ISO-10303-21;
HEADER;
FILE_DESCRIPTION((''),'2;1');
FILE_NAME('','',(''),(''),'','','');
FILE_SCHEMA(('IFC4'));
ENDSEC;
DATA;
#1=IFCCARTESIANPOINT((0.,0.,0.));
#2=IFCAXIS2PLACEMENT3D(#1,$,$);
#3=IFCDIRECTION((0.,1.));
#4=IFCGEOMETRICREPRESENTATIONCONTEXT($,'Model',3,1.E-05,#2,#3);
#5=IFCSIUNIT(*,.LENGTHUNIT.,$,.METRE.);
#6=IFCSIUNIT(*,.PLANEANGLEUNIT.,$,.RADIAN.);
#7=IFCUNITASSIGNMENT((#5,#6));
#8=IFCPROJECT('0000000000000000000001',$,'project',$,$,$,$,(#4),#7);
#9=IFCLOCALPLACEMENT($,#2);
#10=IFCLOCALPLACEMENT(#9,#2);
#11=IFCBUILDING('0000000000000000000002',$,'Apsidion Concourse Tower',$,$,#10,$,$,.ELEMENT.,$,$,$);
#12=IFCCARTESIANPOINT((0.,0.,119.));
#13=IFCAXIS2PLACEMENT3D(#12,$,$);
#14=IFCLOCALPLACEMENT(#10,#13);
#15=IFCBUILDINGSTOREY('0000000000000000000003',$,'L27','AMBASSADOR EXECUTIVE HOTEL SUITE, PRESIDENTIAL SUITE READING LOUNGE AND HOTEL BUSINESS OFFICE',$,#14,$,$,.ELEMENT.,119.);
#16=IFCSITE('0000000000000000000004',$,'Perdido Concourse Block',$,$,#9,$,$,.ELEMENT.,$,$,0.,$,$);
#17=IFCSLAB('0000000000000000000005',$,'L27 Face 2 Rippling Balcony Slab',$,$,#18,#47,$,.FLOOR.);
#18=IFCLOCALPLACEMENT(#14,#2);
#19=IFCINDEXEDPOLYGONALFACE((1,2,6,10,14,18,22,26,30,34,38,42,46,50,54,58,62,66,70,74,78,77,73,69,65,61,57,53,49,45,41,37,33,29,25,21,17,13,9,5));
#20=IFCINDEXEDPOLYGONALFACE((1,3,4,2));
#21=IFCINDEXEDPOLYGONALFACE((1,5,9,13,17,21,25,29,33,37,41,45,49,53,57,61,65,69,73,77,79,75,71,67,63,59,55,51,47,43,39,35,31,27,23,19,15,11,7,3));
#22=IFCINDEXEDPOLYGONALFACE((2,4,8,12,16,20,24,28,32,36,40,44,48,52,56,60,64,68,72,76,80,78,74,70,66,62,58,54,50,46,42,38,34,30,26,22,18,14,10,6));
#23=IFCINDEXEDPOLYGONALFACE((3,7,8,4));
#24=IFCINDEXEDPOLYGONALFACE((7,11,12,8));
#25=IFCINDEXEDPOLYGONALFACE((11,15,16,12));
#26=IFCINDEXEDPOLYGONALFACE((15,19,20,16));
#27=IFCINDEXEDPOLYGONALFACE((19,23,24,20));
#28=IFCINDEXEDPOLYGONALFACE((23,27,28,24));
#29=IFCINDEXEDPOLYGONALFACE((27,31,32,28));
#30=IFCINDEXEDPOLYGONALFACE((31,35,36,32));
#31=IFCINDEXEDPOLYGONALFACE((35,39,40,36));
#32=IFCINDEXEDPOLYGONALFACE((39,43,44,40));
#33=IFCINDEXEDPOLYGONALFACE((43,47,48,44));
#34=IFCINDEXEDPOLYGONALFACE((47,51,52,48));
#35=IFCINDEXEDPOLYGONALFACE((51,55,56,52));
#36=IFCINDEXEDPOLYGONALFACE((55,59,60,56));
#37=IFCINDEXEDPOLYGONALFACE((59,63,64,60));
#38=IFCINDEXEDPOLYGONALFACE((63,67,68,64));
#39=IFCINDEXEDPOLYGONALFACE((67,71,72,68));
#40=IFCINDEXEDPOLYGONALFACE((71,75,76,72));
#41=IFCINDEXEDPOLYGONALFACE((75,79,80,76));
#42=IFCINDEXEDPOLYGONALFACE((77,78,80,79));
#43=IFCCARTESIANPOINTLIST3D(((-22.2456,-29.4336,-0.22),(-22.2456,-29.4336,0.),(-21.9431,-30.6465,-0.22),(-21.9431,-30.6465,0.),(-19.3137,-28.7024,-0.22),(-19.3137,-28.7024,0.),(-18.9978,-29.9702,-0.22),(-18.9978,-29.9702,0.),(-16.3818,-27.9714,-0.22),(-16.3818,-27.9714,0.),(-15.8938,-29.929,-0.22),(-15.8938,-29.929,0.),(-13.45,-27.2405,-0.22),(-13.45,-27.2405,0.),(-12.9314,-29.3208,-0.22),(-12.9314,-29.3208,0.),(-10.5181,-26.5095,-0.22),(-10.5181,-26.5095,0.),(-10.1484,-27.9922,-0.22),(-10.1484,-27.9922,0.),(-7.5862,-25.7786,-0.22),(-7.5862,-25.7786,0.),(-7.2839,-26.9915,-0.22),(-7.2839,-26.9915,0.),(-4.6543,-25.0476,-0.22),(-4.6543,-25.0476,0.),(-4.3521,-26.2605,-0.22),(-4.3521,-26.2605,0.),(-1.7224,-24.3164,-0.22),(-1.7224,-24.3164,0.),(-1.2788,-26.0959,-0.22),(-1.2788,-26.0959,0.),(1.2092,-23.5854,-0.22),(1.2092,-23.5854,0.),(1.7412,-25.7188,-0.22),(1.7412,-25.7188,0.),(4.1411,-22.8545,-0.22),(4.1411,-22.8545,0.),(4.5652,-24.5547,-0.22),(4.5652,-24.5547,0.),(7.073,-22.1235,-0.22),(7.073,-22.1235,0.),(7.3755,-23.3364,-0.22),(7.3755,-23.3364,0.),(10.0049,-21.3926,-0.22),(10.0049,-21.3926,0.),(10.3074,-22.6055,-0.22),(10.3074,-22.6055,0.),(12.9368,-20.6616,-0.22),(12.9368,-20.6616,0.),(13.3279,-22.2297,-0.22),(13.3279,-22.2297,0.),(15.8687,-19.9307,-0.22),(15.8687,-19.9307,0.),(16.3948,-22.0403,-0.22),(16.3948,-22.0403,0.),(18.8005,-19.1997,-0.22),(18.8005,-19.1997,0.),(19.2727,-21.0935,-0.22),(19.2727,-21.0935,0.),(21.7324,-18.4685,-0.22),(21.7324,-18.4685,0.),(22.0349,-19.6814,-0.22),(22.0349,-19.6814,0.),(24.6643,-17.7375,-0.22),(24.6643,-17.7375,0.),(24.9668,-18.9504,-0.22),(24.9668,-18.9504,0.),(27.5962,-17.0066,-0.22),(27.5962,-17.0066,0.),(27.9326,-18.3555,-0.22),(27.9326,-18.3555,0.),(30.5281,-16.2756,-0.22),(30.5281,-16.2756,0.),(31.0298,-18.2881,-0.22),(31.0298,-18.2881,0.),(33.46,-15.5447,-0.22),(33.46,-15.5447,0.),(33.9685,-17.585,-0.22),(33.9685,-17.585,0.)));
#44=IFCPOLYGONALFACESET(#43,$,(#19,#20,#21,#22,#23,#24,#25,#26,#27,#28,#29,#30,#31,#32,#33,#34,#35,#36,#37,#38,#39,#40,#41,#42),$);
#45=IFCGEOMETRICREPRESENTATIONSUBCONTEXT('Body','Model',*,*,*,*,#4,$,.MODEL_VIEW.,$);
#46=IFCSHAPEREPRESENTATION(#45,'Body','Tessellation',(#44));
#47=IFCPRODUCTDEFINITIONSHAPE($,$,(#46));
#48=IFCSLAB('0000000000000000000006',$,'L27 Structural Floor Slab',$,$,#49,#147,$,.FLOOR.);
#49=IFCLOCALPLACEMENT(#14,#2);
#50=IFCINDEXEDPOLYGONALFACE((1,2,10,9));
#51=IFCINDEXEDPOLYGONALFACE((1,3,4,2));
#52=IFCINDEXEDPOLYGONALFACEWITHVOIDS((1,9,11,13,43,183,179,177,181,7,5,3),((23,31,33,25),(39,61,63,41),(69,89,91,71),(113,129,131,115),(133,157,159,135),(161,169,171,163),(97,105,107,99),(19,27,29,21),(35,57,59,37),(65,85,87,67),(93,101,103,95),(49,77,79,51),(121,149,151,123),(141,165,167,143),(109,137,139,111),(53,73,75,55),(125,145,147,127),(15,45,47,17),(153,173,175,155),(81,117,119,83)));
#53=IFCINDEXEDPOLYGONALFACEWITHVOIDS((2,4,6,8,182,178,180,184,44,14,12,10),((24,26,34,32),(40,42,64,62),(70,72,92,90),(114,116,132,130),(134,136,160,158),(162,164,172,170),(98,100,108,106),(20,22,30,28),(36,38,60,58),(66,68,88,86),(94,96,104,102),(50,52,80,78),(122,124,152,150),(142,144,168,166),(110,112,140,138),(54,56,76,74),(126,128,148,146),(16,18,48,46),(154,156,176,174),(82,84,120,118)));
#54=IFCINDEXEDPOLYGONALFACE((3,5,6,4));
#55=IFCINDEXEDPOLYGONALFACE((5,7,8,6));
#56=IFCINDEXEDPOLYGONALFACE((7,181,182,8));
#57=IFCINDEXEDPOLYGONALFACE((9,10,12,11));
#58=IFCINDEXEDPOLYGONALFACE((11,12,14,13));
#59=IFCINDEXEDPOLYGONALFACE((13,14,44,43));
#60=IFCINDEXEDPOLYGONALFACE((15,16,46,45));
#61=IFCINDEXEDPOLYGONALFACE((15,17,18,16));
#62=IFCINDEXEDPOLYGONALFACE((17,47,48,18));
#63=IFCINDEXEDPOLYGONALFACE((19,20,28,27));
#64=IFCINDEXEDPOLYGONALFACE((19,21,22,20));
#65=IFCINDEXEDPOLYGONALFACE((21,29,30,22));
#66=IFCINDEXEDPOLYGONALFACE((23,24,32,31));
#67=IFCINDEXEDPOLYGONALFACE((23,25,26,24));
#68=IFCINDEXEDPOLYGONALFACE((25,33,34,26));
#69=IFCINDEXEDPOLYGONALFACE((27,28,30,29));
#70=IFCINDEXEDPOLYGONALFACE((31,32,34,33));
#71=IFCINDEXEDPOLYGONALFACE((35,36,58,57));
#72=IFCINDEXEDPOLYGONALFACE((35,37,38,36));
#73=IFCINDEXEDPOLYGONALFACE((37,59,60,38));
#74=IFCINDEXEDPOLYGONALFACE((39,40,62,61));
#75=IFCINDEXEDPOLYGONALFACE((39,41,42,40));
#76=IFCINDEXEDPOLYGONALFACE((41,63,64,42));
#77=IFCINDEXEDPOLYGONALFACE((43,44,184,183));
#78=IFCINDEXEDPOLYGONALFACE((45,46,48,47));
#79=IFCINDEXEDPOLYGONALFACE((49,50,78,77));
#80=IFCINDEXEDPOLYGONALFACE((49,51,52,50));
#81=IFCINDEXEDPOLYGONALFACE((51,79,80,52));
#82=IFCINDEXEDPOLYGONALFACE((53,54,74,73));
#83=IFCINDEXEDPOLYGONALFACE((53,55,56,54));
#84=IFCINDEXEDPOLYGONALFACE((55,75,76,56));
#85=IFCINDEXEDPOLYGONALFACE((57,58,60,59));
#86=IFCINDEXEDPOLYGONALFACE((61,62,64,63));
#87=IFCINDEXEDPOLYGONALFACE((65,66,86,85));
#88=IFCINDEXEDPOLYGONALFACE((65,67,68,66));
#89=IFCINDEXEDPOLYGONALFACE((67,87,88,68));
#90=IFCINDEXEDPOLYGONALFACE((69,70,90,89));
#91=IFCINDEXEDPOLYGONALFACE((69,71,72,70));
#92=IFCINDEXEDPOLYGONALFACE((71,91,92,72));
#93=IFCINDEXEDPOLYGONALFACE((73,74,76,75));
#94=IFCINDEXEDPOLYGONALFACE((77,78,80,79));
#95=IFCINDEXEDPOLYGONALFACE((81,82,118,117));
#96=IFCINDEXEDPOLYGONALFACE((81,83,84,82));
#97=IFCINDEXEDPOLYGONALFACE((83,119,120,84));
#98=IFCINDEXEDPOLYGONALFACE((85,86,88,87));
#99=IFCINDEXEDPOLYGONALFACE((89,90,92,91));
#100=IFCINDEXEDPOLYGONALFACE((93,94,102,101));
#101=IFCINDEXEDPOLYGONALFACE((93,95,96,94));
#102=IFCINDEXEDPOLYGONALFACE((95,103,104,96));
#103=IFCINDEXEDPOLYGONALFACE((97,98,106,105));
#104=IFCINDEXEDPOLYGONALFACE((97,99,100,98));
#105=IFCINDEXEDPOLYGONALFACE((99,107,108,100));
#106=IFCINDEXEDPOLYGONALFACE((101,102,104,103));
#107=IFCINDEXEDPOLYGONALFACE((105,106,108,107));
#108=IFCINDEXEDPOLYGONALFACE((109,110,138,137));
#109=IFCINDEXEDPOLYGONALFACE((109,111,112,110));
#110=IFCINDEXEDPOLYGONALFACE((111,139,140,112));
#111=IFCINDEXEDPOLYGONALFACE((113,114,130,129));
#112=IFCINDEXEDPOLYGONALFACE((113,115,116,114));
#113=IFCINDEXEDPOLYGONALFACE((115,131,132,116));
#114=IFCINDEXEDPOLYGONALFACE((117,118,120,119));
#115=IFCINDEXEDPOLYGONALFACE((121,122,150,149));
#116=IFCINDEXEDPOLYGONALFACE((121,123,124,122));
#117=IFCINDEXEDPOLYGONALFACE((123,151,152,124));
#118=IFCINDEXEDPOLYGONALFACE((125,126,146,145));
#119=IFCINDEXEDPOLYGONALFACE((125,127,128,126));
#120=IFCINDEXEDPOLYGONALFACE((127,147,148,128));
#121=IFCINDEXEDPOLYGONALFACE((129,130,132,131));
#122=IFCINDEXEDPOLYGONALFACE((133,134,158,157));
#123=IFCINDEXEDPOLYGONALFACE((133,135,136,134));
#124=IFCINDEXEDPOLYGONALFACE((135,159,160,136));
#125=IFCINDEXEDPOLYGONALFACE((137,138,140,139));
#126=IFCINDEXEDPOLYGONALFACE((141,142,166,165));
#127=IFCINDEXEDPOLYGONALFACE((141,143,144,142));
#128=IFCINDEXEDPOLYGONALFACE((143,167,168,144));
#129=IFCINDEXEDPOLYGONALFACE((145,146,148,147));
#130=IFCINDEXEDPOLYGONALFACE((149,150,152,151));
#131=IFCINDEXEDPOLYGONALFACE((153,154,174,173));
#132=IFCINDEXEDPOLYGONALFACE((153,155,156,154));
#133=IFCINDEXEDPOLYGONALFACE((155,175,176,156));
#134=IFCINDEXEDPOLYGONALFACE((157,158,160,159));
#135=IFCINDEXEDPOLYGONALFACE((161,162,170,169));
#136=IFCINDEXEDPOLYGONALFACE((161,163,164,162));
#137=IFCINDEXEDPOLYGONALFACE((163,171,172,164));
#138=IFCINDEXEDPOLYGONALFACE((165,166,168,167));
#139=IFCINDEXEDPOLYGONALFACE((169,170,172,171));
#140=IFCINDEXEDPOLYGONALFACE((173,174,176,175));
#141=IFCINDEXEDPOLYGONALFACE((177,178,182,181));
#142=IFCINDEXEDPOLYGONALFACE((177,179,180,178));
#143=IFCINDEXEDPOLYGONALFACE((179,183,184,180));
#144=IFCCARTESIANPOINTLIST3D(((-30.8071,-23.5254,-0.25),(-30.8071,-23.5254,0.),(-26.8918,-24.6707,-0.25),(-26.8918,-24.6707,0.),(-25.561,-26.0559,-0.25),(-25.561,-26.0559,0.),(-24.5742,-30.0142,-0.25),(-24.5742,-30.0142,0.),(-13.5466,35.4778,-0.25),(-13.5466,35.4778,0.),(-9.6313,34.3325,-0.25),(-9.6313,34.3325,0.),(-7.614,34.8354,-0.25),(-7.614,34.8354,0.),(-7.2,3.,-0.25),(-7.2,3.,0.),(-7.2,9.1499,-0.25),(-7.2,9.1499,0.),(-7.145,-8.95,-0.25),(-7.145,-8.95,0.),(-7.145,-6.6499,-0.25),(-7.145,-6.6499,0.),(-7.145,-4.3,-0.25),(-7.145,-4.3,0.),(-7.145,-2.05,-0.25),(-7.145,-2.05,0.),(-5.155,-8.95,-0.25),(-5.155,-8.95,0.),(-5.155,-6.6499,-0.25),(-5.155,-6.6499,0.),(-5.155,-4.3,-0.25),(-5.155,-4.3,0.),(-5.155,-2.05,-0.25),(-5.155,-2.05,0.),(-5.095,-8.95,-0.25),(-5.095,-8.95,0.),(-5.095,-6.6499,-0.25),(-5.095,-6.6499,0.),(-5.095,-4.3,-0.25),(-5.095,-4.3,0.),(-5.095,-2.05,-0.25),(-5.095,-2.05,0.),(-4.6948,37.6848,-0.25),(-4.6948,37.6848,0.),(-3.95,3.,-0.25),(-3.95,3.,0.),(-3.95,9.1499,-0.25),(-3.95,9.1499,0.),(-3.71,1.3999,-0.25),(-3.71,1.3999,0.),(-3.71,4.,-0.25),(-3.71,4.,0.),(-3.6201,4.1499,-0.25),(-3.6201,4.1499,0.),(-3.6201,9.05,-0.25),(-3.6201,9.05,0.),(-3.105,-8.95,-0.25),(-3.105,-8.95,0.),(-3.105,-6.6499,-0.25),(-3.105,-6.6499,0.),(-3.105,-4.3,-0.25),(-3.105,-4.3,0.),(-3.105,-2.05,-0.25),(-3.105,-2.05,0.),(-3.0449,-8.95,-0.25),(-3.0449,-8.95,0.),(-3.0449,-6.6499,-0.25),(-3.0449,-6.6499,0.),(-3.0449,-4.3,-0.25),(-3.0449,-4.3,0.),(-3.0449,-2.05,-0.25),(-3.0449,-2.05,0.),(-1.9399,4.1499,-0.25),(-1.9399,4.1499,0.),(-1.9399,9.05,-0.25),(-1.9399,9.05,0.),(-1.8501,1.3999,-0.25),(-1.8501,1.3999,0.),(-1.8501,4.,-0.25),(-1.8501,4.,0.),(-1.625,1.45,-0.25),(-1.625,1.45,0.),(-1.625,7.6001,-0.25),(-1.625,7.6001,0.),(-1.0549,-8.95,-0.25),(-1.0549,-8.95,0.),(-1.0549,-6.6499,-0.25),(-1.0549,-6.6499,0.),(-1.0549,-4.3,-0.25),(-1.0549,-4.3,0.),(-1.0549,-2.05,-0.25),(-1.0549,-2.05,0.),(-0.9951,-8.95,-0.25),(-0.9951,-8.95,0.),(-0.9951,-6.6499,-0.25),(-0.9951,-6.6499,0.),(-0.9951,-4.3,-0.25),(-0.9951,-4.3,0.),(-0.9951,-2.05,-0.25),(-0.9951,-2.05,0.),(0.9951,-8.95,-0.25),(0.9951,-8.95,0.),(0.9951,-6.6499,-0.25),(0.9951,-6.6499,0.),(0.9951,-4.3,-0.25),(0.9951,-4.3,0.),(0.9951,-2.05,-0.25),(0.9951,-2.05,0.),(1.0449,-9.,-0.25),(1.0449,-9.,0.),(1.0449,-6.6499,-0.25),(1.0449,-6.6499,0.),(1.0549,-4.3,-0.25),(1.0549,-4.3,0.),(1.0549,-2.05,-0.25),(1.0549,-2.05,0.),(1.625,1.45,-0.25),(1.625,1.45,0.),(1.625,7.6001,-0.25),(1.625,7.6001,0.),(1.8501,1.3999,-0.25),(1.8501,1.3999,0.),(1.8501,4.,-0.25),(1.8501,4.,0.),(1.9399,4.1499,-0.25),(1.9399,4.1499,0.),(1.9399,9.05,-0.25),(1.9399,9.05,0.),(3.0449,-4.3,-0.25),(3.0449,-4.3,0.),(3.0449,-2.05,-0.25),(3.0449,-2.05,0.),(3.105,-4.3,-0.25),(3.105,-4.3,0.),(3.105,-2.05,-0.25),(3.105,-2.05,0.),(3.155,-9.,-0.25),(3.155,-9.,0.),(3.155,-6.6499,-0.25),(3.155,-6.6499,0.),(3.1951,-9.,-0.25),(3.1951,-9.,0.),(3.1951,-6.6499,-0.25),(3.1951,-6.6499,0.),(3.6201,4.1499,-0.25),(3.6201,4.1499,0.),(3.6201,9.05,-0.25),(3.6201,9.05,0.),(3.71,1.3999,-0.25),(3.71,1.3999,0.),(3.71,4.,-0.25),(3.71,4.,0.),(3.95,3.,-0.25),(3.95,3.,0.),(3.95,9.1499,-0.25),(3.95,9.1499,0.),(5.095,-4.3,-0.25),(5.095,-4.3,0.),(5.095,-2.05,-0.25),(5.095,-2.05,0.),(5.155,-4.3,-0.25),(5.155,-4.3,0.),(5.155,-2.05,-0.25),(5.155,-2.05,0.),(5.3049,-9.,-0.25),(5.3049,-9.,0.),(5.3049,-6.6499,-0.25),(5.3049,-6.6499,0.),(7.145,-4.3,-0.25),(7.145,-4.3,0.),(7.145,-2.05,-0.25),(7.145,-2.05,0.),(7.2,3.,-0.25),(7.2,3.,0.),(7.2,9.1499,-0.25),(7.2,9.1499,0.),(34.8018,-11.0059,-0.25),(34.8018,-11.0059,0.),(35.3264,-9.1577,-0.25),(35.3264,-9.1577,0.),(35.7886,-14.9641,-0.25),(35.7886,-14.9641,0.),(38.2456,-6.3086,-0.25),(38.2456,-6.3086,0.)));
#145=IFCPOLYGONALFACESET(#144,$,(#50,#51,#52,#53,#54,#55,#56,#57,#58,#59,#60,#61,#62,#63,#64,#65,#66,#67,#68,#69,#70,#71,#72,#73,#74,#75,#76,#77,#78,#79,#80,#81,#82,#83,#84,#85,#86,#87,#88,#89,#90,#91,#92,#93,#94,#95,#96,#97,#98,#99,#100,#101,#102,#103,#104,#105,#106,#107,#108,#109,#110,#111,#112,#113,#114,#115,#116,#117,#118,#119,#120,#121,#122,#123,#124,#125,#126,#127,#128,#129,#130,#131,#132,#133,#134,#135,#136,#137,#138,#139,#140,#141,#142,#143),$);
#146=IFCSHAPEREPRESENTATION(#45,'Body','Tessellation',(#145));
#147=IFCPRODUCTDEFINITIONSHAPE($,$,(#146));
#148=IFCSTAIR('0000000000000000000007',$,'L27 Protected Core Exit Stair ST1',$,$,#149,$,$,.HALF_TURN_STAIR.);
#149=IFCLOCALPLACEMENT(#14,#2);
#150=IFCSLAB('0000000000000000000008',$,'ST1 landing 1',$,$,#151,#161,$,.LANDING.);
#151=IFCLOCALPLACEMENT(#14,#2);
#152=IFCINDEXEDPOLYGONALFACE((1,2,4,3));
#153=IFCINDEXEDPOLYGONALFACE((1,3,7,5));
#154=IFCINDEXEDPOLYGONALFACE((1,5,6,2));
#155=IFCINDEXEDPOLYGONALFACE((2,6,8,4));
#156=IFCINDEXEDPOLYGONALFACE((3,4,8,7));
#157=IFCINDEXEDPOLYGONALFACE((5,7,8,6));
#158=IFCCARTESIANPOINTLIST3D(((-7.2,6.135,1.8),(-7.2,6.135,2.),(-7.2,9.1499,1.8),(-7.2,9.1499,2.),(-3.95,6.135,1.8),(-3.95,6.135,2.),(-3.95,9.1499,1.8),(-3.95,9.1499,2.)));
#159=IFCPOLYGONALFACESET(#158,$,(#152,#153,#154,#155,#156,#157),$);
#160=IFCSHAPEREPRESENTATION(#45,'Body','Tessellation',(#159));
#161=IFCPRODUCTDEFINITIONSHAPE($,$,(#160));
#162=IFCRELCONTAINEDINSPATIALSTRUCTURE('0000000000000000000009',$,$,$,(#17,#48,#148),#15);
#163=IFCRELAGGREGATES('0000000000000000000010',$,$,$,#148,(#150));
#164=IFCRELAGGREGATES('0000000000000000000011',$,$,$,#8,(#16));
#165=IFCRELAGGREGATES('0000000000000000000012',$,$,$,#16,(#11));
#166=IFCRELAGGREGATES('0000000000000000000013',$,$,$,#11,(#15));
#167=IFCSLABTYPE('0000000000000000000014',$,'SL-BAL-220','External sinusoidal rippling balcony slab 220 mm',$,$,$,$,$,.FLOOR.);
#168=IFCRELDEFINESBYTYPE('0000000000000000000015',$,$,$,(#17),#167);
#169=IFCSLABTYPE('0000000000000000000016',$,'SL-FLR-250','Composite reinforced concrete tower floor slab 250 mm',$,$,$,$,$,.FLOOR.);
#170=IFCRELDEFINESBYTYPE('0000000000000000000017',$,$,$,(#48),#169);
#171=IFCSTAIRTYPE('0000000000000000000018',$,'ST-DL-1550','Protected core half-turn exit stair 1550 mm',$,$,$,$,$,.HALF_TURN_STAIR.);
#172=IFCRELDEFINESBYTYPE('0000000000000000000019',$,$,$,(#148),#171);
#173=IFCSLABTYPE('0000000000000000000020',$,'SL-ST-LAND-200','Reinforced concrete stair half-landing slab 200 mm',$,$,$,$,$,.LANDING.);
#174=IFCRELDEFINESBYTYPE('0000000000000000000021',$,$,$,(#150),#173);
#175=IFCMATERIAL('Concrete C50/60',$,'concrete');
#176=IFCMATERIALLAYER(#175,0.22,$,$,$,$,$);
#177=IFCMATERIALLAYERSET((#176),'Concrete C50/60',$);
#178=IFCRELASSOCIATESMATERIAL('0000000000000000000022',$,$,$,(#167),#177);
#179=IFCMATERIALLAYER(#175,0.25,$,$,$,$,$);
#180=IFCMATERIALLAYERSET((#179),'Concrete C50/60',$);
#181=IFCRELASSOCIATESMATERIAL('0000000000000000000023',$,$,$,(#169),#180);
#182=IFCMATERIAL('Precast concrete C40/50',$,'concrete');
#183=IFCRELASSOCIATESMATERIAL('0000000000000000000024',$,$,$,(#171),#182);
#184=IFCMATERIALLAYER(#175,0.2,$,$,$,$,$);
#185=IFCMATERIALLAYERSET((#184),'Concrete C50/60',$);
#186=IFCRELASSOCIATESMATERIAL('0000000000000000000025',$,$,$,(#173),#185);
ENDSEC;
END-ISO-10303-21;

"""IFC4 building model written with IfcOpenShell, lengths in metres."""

from ifc_helpers import new_model, si_unit, direction, frame, origin, place, context, subcontext, project, spatial, polyline, outline, extrude, material, layer, layer_set, type_object, element, aggregate, save


model = new_model("IFC4")

# Units and contexts
model_context = context("Model", 3, precision=1e-05, world=origin(), true_north=direction((0.0, 1.0)))
body_context = subcontext(model_context, "Body", "Model", "MODEL_VIEW")
ifc_project = project(units=[si_unit("LENGTHUNIT", "METRE"), si_unit("PLANEANGLEUNIT", "RADIAN")], contexts=[model_context])

# Site, building, storey
site_placement = place(None, origin())
site = spatial("IfcSite", under=ifc_project, at=site_placement, Name="Perdido Concourse Block", CompositionType="ELEMENT", RefElevation=0.0)
building_placement = place(site_placement, origin())
building = spatial("IfcBuilding", under=site, at=building_placement, Name="Apsidion Concourse Tower", CompositionType="ELEMENT")
storey_placement = place(building_placement, frame((0.0, 0.0, 119.0)))
storey = spatial("IfcBuildingStorey", under=building, at=storey_placement, Name="L27", Description="AMBASSADOR EXECUTIVE HOTEL SUITE, PRESIDENTIAL SUITE READING LOUNGE AND HOTEL BUSINESS OFFICE", CompositionType="ELEMENT", Elevation=119.0)

# Shared definitions
ifc_material_1 = material(Name="Concrete C50/60", Category="concrete")

# Slabs
ifc_layer_1 = layer(ifc_material_1, 0.22)
ifc_layer_set_1 = layer_set([ifc_layer_1], Name="Concrete C50/60")
slab_type_1 = type_object("IfcSlabType", Name="SL-BAL-220", Description="External sinusoidal rippling balcony slab 220 mm", PredefinedType="FLOOR", material=ifc_layer_set_1)
slab_1_placement = place(storey_placement, frame((0.0, 0.0, -0.22)))
element("IfcSlab", 1, at=slab_1_placement, inside=storey, type_object=slab_type_1, Name="L27 Face 2 Rippling Balcony Slab", PredefinedType="FLOOR", context=body_context, shape_type="SweptSolid", body=[
    extrude(outline(polyline([(-22.2456, -29.4336), (-19.3137, -28.7024), (-16.3818, -27.9714), (-13.45, -27.2405), (-10.5181, -26.5095), (-7.5862, -25.7786), (-4.6543, -25.0476), (-1.7224, -24.3164), (1.2092, -23.5854), (4.1411, -22.8545), (7.073, -22.1235), (10.0049, -21.3926), (12.9368, -20.6616), (15.8687, -19.9307), (18.8005, -19.1997), (21.7324, -18.4685), (24.6643, -17.7375), (27.5962, -17.0066), (30.5281, -16.2756), (33.46, -15.5447), (33.9685, -17.585), (31.0298, -18.2881), (27.9326, -18.3555), (24.9668, -18.9504), (22.0349, -19.6814), (19.2727, -21.0935), (16.3948, -22.0403), (13.3279, -22.2297), (10.3074, -22.6055), (7.3755, -23.3364), (4.5652, -24.5547), (1.7412, -25.7188), (-1.2788, -26.0959), (-4.3521, -26.2605), (-7.2839, -26.9915), (-10.1484, -27.9922), (-12.9314, -29.3208), (-15.8938, -29.929), (-18.9978, -29.9702), (-21.9431, -30.6465), (-22.2456, -29.4336)])), origin(), (0.0, 0.0, 1.0), 0.22),
])
ifc_layer_2 = layer(ifc_material_1, 0.25)
ifc_layer_set_2 = layer_set([ifc_layer_2], Name="Concrete C50/60")
slab_type_2 = type_object("IfcSlabType", Name="SL-FLR-250", Description="Composite reinforced concrete tower floor slab 250 mm", PredefinedType="FLOOR", material=ifc_layer_set_2)
slab_2_placement = place(storey_placement, frame((0.0, 0.0, -0.25)))
element("IfcSlab", 2, at=slab_2_placement, inside=storey, type_object=slab_type_2, Name="L27 Structural Floor Slab", PredefinedType="FLOOR", context=body_context, shape_type="SweptSolid", body=[
    extrude(outline(polyline([(-4.6948, 37.6848), (-7.614, 34.8354), (-9.6313, 34.3325), (-13.5466, 35.4778), (-30.8071, -23.5254), (-26.8918, -24.6707), (-25.561, -26.0559), (-24.5742, -30.0142), (35.7886, -14.9641), (34.8018, -11.0059), (35.3264, -9.1577), (38.2456, -6.3086), (-4.6948, 37.6848)]), holes=[polyline([(-3.95, 3.0), (-3.95, 9.1499), (-7.2, 9.1499), (-7.2, 3.0), (-3.95, 3.0)]), polyline([(7.2, 3.0), (7.2, 9.1499), (3.95, 9.1499), (3.95, 3.0), (7.2, 3.0)]), polyline([(-1.625, 7.6001), (-1.625, 1.45), (1.625, 1.45), (1.625, 7.6001), (-1.625, 7.6001)]), polyline([(-7.145, -4.3), (-5.155, -4.3), (-5.155, -2.05), (-7.145, -2.05), (-7.145, -4.3)]), polyline([(-5.095, -4.3), (-3.105, -4.3), (-3.105, -2.05), (-5.095, -2.05), (-5.095, -4.3)]), polyline([(-3.0449, -4.3), (-1.0549, -4.3), (-1.0549, -2.05), (-3.0449, -2.05), (-3.0449, -4.3)]), polyline([(-0.9951, -4.3), (0.9951, -4.3), (0.9951, -2.05), (-0.9951, -2.05), (-0.9951, -4.3)]), polyline([(1.0549, -4.3), (3.0449, -4.3), (3.0449, -2.05), (1.0549, -2.05), (1.0549, -4.3)]), polyline([(3.105, -4.3), (5.095, -4.3), (5.095, -2.05), (3.105, -2.05), (3.105, -4.3)]), polyline([(5.155, -4.3), (7.145, -4.3), (7.145, -2.05), (5.155, -2.05), (5.155, -4.3)]), polyline([(-7.145, -8.95), (-5.155, -8.95), (-5.155, -6.6499), (-7.145, -6.6499), (-7.145, -8.95)]), polyline([(-5.095, -8.95), (-3.105, -8.95), (-3.105, -6.6499), (-5.095, -6.6499), (-5.095, -8.95)]), polyline([(-3.0449, -8.95), (-1.0549, -8.95), (-1.0549, -6.6499), (-3.0449, -6.6499), (-3.0449, -8.95)]), polyline([(-0.9951, -8.95), (0.9951, -8.95), (0.9951, -6.6499), (-0.9951, -6.6499), (-0.9951, -8.95)]), polyline([(1.0449, -9.0), (3.155, -9.0), (3.155, -6.6499), (1.0449, -6.6499), (1.0449, -9.0)]), polyline([(3.1951, -9.0), (5.3049, -9.0), (5.3049, -6.6499), (3.1951, -6.6499), (3.1951, -9.0)]), polyline([(-3.71, 1.3999), (-1.8501, 1.3999), (-1.8501, 4.0), (-3.71, 4.0), (-3.71, 1.3999)]), polyline([(1.8501, 1.3999), (3.71, 1.3999), (3.71, 4.0), (1.8501, 4.0), (1.8501, 1.3999)]), polyline([(-3.6201, 4.1499), (-1.9399, 4.1499), (-1.9399, 9.05), (-3.6201, 9.05), (-3.6201, 4.1499)]), polyline([(1.9399, 4.1499), (3.6201, 4.1499), (3.6201, 9.05), (1.9399, 9.05), (1.9399, 4.1499)])]), origin(), (0.0, 0.0, 1.0), 0.25),
])

# Stair, slab
ifc_material_2 = material(Name="Precast concrete C40/50", Category="concrete")
stair_type = type_object("IfcStairType", Name="ST-DL-1550", Description="Protected core half-turn exit stair 1550 mm", PredefinedType="HALF_TURN_STAIR", material=ifc_material_2)
stair_1_placement = place(storey_placement, origin())
stair_1 = element("IfcStair", 3, at=stair_1_placement, inside=storey, type_object=stair_type, Name="L27 Protected Core Exit Stair ST1", PredefinedType="HALF_TURN_STAIR")
ifc_layer_3 = layer(ifc_material_1, 0.2)
ifc_layer_set_3 = layer_set([ifc_layer_3], Name="Concrete C50/60")
slab_type_3 = type_object("IfcSlabType", Name="SL-ST-LAND-200", Description="Reinforced concrete stair half-landing slab 200 mm", PredefinedType="LANDING", material=ifc_layer_set_3)
slab_3_placement = place(storey_placement, frame((0.0, 0.0, 1.8)))
slab_3 = element("IfcSlab", 4, at=slab_3_placement, type_object=slab_type_3, Name="ST1 landing 1", PredefinedType="LANDING", context=body_context, shape_type="SweptSolid", body=[
    extrude(outline(polyline([(-3.95, 6.135), (-3.95, 9.1499), (-7.2, 9.1499), (-7.2, 6.135), (-3.95, 6.135)])), origin(), (0.0, 0.0, 1.0), 0.2),
])
aggregate(stair_1, [slab_3])

save(model, "model.ifc")
